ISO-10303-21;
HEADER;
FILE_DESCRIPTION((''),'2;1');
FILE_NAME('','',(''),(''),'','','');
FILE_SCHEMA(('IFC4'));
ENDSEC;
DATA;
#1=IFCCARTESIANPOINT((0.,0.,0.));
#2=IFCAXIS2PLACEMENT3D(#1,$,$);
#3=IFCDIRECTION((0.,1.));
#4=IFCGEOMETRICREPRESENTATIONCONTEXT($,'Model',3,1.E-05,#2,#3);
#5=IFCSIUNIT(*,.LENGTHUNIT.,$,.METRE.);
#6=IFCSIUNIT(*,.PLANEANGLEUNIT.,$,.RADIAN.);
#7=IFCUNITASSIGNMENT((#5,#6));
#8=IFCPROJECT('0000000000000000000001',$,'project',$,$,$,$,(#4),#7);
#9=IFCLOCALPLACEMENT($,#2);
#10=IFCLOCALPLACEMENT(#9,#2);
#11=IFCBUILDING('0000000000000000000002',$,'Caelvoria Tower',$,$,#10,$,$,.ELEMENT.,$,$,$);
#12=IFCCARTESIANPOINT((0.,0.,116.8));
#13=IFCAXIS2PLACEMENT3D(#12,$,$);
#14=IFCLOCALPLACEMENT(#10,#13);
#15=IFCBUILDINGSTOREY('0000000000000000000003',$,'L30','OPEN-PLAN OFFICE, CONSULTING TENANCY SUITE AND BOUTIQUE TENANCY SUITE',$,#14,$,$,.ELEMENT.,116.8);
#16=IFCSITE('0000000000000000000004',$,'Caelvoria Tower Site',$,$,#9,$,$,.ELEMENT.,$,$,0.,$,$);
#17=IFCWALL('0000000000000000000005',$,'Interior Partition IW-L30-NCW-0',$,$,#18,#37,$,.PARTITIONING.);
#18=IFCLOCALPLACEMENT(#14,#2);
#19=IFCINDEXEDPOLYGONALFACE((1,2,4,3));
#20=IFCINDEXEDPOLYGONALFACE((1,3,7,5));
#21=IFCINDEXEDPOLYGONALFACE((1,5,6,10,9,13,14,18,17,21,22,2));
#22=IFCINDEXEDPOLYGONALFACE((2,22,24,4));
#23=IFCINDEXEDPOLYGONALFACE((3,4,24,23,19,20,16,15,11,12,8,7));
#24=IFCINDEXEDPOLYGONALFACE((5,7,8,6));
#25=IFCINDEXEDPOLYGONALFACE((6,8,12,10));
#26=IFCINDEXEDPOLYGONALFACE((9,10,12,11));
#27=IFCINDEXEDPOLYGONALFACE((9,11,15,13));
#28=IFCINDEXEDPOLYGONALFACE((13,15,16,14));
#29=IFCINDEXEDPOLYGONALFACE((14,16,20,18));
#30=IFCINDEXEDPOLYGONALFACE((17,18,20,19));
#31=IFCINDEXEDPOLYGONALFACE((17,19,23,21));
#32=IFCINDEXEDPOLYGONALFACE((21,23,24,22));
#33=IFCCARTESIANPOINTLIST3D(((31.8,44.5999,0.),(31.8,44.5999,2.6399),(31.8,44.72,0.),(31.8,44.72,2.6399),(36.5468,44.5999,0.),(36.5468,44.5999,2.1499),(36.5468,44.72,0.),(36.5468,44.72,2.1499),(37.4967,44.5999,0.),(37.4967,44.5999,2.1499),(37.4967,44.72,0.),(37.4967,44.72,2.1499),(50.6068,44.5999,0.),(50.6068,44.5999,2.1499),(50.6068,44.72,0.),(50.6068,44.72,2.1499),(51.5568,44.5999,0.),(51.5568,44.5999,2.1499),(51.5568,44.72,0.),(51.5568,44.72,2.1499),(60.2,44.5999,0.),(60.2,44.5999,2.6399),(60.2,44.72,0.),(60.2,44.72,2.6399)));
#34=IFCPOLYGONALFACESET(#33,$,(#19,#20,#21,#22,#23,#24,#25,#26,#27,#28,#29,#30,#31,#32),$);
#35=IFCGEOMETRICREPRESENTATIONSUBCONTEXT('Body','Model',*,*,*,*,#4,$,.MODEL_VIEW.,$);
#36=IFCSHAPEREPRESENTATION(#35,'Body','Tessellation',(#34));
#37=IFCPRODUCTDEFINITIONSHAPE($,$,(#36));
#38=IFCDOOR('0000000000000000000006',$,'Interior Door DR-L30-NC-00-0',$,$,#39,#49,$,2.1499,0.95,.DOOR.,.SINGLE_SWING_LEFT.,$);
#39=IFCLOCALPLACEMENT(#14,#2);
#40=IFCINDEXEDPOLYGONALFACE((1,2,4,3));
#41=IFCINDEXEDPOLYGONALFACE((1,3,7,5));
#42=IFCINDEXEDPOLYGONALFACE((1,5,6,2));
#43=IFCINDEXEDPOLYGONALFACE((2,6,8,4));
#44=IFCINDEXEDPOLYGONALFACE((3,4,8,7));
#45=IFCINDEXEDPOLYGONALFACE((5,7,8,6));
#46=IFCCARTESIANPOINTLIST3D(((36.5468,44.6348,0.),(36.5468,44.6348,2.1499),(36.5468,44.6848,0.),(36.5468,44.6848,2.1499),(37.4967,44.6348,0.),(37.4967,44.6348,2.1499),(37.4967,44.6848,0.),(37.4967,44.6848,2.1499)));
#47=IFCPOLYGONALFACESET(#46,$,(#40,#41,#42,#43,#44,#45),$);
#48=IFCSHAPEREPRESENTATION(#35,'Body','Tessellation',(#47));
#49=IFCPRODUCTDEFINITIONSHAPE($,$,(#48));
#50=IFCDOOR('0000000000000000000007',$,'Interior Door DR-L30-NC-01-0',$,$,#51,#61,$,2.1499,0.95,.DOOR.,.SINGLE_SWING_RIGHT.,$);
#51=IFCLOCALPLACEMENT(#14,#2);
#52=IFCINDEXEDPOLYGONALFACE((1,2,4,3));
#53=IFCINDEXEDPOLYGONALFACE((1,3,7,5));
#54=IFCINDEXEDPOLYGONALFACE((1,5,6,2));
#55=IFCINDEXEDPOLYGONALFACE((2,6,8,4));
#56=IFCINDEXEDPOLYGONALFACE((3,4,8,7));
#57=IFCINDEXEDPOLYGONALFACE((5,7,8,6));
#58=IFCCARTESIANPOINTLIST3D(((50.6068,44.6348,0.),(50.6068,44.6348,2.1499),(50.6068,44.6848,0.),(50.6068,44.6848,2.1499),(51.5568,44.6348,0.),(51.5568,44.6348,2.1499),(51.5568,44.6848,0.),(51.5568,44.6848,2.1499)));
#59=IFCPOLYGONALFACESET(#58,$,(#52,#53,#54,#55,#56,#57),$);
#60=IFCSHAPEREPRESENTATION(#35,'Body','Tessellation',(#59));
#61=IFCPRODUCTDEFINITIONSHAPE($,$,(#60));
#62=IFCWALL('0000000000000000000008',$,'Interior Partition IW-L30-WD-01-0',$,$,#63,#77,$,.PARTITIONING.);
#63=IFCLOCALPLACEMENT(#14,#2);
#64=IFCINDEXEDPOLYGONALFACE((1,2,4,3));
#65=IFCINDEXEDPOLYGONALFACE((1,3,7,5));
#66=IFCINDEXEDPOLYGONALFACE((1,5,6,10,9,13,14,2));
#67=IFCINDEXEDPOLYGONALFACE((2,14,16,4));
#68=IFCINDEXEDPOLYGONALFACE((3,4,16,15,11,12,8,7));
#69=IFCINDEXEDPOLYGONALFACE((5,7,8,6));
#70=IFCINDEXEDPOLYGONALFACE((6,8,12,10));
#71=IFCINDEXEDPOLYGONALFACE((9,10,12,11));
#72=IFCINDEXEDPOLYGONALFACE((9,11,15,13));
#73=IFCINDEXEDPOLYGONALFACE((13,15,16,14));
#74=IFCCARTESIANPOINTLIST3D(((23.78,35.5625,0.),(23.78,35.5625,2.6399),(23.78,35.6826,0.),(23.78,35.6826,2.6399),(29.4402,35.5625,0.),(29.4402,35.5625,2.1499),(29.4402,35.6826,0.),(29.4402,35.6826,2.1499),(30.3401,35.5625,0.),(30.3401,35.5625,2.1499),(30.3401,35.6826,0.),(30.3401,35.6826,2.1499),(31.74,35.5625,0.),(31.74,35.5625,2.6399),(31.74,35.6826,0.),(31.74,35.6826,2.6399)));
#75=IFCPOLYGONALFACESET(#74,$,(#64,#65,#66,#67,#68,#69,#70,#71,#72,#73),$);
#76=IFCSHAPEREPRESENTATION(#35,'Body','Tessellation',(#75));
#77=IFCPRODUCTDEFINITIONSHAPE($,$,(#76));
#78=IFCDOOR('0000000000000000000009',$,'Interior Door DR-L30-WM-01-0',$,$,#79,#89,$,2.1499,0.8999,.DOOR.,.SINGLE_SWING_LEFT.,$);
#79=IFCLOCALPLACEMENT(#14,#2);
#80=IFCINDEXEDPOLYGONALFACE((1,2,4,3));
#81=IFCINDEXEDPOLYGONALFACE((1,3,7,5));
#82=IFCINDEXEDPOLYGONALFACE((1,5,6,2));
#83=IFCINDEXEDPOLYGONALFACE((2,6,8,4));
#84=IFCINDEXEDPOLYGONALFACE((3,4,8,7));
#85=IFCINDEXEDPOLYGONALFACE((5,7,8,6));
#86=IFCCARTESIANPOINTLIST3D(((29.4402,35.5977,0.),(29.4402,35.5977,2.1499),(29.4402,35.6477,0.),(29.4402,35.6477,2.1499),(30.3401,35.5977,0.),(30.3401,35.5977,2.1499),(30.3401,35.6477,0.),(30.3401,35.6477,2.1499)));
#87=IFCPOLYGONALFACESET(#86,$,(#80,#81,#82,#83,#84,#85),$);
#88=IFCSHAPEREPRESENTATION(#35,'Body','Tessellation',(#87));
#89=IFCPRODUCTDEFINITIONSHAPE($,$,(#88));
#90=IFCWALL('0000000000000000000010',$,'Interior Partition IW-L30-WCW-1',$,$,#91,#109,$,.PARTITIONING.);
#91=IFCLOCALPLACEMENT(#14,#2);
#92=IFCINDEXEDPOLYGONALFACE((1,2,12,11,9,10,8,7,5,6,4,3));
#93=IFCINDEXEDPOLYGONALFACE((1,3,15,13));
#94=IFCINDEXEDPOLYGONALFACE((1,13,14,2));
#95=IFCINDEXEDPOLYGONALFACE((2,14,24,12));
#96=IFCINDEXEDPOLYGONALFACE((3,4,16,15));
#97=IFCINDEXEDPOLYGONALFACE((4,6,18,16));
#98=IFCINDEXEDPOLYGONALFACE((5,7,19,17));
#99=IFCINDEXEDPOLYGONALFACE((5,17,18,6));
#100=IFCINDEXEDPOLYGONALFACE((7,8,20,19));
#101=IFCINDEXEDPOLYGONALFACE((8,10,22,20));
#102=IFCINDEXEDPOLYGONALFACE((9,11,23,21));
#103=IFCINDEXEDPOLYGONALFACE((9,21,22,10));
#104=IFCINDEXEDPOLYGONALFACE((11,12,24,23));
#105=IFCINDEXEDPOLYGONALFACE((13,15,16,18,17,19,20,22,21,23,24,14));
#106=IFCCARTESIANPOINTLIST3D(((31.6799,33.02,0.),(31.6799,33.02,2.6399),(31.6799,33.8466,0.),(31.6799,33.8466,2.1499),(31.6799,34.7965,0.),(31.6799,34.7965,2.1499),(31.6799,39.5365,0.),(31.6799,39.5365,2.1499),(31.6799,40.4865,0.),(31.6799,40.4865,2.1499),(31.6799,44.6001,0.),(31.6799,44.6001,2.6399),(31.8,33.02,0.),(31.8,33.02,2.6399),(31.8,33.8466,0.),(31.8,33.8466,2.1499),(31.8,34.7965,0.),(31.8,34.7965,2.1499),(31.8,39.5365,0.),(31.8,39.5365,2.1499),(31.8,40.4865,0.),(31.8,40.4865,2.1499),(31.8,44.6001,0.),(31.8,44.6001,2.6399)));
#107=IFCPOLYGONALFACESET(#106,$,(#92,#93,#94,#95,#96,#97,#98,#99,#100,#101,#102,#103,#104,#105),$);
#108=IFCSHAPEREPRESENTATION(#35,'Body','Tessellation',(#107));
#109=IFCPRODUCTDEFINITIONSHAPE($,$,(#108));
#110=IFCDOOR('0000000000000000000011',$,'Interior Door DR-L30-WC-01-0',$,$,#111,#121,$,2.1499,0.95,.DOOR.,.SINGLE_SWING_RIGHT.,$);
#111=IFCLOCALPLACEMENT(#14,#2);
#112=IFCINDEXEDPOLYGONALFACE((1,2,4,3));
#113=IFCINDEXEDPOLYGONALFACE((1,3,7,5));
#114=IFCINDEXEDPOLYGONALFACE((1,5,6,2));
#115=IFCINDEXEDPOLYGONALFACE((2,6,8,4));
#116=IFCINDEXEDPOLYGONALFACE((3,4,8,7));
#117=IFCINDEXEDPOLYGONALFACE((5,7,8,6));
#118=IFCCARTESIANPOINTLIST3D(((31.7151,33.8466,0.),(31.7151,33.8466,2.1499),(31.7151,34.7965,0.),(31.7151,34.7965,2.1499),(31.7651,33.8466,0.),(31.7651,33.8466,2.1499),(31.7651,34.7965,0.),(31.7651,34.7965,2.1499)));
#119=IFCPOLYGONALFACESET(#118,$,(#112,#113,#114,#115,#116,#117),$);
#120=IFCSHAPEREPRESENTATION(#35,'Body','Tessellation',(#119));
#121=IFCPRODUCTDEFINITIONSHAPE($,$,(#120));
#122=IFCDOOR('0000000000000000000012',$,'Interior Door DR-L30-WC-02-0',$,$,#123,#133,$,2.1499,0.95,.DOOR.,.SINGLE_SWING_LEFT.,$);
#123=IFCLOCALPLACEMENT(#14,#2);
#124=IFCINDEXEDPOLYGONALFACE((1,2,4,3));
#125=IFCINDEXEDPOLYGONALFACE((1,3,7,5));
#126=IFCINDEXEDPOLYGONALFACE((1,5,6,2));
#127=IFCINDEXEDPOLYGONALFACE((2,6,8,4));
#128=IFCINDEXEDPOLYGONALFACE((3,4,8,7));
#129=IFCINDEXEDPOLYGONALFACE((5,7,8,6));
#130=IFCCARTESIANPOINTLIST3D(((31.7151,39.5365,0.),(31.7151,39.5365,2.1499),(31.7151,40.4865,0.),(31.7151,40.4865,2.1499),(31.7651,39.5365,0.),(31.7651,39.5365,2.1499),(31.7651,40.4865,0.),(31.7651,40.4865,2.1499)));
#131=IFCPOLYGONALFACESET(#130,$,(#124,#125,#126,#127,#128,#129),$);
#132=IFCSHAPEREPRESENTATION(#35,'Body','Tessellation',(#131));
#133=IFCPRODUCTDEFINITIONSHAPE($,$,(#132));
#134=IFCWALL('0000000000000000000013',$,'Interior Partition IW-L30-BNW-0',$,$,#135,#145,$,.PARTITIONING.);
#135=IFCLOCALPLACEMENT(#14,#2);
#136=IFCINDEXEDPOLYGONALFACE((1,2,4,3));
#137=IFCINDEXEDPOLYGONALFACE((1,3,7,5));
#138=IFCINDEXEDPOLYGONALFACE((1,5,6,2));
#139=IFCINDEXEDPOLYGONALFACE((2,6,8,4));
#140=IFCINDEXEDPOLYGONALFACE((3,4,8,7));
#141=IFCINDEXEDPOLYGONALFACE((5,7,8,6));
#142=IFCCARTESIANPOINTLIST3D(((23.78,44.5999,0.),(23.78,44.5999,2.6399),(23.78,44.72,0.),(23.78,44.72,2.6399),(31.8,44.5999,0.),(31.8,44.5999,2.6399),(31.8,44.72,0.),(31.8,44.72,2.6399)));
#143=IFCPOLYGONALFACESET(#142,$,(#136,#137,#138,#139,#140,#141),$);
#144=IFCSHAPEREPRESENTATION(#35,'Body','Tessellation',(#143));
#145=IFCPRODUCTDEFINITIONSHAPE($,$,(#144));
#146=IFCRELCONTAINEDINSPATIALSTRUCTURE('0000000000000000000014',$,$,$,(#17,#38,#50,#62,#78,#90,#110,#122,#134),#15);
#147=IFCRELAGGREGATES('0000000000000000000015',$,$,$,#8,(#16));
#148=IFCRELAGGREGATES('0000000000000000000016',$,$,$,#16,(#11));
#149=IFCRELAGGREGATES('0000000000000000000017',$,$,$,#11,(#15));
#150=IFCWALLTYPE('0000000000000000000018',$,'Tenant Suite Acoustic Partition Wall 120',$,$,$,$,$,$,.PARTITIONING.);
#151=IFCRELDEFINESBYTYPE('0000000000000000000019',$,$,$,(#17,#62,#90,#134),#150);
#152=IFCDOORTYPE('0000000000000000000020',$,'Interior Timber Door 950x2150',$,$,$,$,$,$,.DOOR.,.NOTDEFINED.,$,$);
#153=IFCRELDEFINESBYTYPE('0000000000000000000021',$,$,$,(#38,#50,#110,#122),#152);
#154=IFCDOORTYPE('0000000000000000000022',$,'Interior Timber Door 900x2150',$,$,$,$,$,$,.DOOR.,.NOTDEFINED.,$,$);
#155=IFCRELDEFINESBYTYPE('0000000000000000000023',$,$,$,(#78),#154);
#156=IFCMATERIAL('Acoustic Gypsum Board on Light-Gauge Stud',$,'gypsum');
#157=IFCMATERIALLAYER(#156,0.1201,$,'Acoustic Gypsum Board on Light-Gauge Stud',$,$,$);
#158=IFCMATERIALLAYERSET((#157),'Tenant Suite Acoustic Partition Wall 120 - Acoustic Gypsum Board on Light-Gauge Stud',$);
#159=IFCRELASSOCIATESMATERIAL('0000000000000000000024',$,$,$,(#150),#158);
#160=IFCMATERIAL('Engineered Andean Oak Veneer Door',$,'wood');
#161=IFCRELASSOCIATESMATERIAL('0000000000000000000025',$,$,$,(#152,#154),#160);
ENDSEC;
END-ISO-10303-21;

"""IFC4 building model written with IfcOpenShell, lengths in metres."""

from ifc_helpers import new_model, si_unit, direction, frame, frame_2d, origin, place, context, subcontext, project, spatial, rectangle, extrude, material, layer, layer_set, type_object, element, fill, save


model = new_model("IFC4")

# Units and contexts
model_context = context("Model", 3, precision=1e-05, world=origin(), true_north=direction((0.0, 1.0)))
body_context = subcontext(model_context, "Body", "Model", "MODEL_VIEW")
ifc_project = project(units=[si_unit("LENGTHUNIT", "METRE"), si_unit("PLANEANGLEUNIT", "RADIAN")], contexts=[model_context])

# Site, building, storey
site_placement = place(None, origin())
site = spatial("IfcSite", under=ifc_project, at=site_placement, Name="Caelvoria Tower Site", CompositionType="ELEMENT", RefElevation=0.0)
building_placement = place(site_placement, origin())
building = spatial("IfcBuilding", under=site, at=building_placement, Name="Caelvoria Tower", CompositionType="ELEMENT")
storey_placement = place(building_placement, frame((0.0, 0.0, 116.8)))
storey = spatial("IfcBuildingStorey", under=building, at=storey_placement, Name="L30", Description="OPEN-PLAN OFFICE, CONSULTING TENANCY SUITE AND BOUTIQUE TENANCY SUITE", CompositionType="ELEMENT", Elevation=116.8)

# Wall, openings, doors
ifc_material_1 = material(Name="Acoustic Gypsum Board on Light-Gauge Stud", Category="gypsum")
ifc_layer_1 = layer(ifc_material_1, 0.1201, Name="Acoustic Gypsum Board on Light-Gauge Stud")
ifc_layer_set_1 = layer_set([ifc_layer_1], Name="Tenant Suite Acoustic Partition Wall 120 - Acoustic Gypsum Board on Light-Gauge Stud")
wall_type_1 = type_object("IfcWallType", Name="Tenant Suite Acoustic Partition Wall 120", PredefinedType="PARTITIONING", material=ifc_layer_set_1)
wall_1_placement = place(storey_placement, frame((31.8, 44.6599, 0.0), z_axis=(0.0, 0.0, 1.0), x_axis=(1.0, 0.0, 0.0)))
wall_1 = element("IfcWall", 1, at=wall_1_placement, inside=storey, type_object=wall_type_1, Name="Interior Partition IW-L30-NCW-0", PredefinedType="PARTITIONING", context=body_context, shape_type="SweptSolid", body=[
    extrude(rectangle(XDim=28.3999, YDim=0.1201, at=frame_2d((14.2, 0.0))), origin(), (0.0, 0.0, 1.0), 2.6399),
])
opening_1_placement = place(wall_1_placement, frame((4.7466, 0.0, 0.0)))
opening_1 = element("IfcOpeningElement", 2, at=opening_1_placement, cuts=wall_1, PredefinedType="OPENING", context=body_context, shape_type="SweptSolid", body=[
    extrude(rectangle(XDim=0.95, YDim=2.1499, at=frame_2d((0.4751, 1.075))), frame((0.0, 0.0701, 0.0), z_axis=(0.0, -1.0, 0.0), x_axis=(1.0, 0.0, 0.0)), (0.0, 0.0, 1.0), 0.1401),
])
opening_2_placement = place(wall_1_placement, frame((18.8066, 0.0, 0.0)))
opening_2 = element("IfcOpeningElement", 3, at=opening_2_placement, cuts=wall_1, PredefinedType="OPENING", context=body_context, shape_type="SweptSolid", body=[
    extrude(rectangle(XDim=0.95, YDim=2.1499, at=frame_2d((0.4751, 1.075))), frame((0.0, 0.0701, 0.0), z_axis=(0.0, -1.0, 0.0), x_axis=(1.0, 0.0, 0.0)), (0.0, 0.0, 1.0), 0.1401),
])
ifc_material_2 = material(Name="Engineered Andean Oak Veneer Door", Category="wood")
door_type_1 = type_object("IfcDoorType", Name="Interior Timber Door 950x2150", OperationType="NOTDEFINED", PredefinedType="DOOR", material=ifc_material_2)
door_1_placement = place(opening_1_placement, origin())
door_1 = element("IfcDoor", 4, at=door_1_placement, inside=storey, type_object=door_type_1, Name="Interior Door DR-L30-NC-00-0", OperationType="SINGLE_SWING_LEFT", OverallHeight=2.1499, OverallWidth=0.95, PredefinedType="DOOR", context=body_context, shape_type="SweptSolid", body=[
    extrude(rectangle(XDim=0.95, YDim=2.1499, at=frame_2d((0.4751, 1.075))), frame((0.0, 0.0249, 0.0), z_axis=(0.0, -1.0, 0.0), x_axis=(1.0, 0.0, 0.0)), (0.0, 0.0, 1.0), 0.05),
])
fill(opening_1, door_1)
door_2_placement = place(opening_2_placement, origin())
door_2 = element("IfcDoor", 5, at=door_2_placement, inside=storey, type_object=door_type_1, Name="Interior Door DR-L30-NC-01-0", OperationType="SINGLE_SWING_RIGHT", OverallHeight=2.1499, OverallWidth=0.95, PredefinedType="DOOR", context=body_context, shape_type="SweptSolid", body=[
    extrude(rectangle(XDim=0.95, YDim=2.1499, at=frame_2d((0.4751, 1.075))), frame((0.0, 0.0249, 0.0), z_axis=(0.0, -1.0, 0.0), x_axis=(1.0, 0.0, 0.0)), (0.0, 0.0, 1.0), 0.05),
])
fill(opening_2, door_2)

# Wall, opening, door
wall_2_placement = place(storey_placement, frame((31.74, 35.6226, 0.0), z_axis=(0.0, 0.0, 1.0), x_axis=(-1.0, 0.0, 0.0)))
wall_2 = element("IfcWall", 6, at=wall_2_placement, inside=storey, type_object=wall_type_1, Name="Interior Partition IW-L30-WD-01-0", PredefinedType="PARTITIONING", context=body_context, shape_type="SweptSolid", body=[
    extrude(rectangle(XDim=7.96, YDim=0.1201, at=frame_2d((3.98, 0.0))), origin(), (0.0, 0.0, 1.0), 2.6399),
])
opening_3_placement = place(wall_2_placement, frame((1.3999, 0.0, 0.0)))
opening_3 = element("IfcOpeningElement", 7, at=opening_3_placement, cuts=wall_2, PredefinedType="OPENING", context=body_context, shape_type="SweptSolid", body=[
    extrude(rectangle(XDim=0.8999, YDim=2.1499, at=frame_2d((0.45, 1.075))), frame((0.0, 0.0701, 0.0), z_axis=(0.0, -1.0, 0.0), x_axis=(1.0, 0.0, 0.0)), (0.0, 0.0, 1.0), 0.1401),
])
door_type_2 = type_object("IfcDoorType", Name="Interior Timber Door 900x2150", OperationType="NOTDEFINED", PredefinedType="DOOR", material=ifc_material_2)
door_3_placement = place(opening_3_placement, origin())
door_3 = element("IfcDoor", 8, at=door_3_placement, inside=storey, type_object=door_type_2, Name="Interior Door DR-L30-WM-01-0", OperationType="SINGLE_SWING_LEFT", OverallHeight=2.1499, OverallWidth=0.8999, PredefinedType="DOOR", context=body_context, shape_type="SweptSolid", body=[
    extrude(rectangle(XDim=0.8999, YDim=2.1499, at=frame_2d((0.45, 1.075))), frame((0.0, 0.0249, 0.0), z_axis=(0.0, -1.0, 0.0), x_axis=(1.0, 0.0, 0.0)), (0.0, 0.0, 1.0), 0.05),
])
fill(opening_3, door_3)

# Wall, openings, doors
wall_3_placement = place(storey_placement, frame((31.74, 33.02, 0.0), z_axis=(0.0, 0.0, 1.0), x_axis=(0.0, 1.0, 0.0)))
wall_3 = element("IfcWall", 9, at=wall_3_placement, inside=storey, type_object=wall_type_1, Name="Interior Partition IW-L30-WCW-1", PredefinedType="PARTITIONING", context=body_context, shape_type="SweptSolid", body=[
    extrude(rectangle(XDim=11.5801, YDim=0.1201, at=frame_2d((5.79, 0.0))), origin(), (0.0, 0.0, 1.0), 2.6399),
])
opening_4_placement = place(wall_3_placement, frame((0.8264, 0.0, 0.0)))
opening_4 = element("IfcOpeningElement", 10, at=opening_4_placement, cuts=wall_3, PredefinedType="OPENING", context=body_context, shape_type="SweptSolid", body=[
    extrude(rectangle(XDim=0.95, YDim=2.1499, at=frame_2d((0.4751, 1.075))), frame((0.0, 0.0701, 0.0), z_axis=(0.0, -1.0, 0.0), x_axis=(1.0, 0.0, 0.0)), (0.0, 0.0, 1.0), 0.1401),
])
opening_5_placement = place(wall_3_placement, frame((6.5164, 0.0, 0.0)))
opening_5 = element("IfcOpeningElement", 11, at=opening_5_placement, cuts=wall_3, PredefinedType="OPENING", context=body_context, shape_type="SweptSolid", body=[
    extrude(rectangle(XDim=0.95, YDim=2.1499, at=frame_2d((0.4751, 1.075))), frame((0.0, 0.0701, 0.0), z_axis=(0.0, -1.0, 0.0), x_axis=(1.0, 0.0, 0.0)), (0.0, 0.0, 1.0), 0.1401),
])
door_4_placement = place(opening_4_placement, origin())
door_4 = element("IfcDoor", 12, at=door_4_placement, inside=storey, type_object=door_type_1, Name="Interior Door DR-L30-WC-01-0", OperationType="SINGLE_SWING_RIGHT", OverallHeight=2.1499, OverallWidth=0.95, PredefinedType="DOOR", context=body_context, shape_type="SweptSolid", body=[
    extrude(rectangle(XDim=0.95, YDim=2.1499, at=frame_2d((0.4751, 1.075))), frame((0.0, 0.0249, 0.0), z_axis=(0.0, -1.0, 0.0), x_axis=(1.0, 0.0, 0.0)), (0.0, 0.0, 1.0), 0.05),
])
fill(opening_4, door_4)
door_5_placement = place(opening_5_placement, origin())
door_5 = element("IfcDoor", 13, at=door_5_placement, inside=storey, type_object=door_type_1, Name="Interior Door DR-L30-WC-02-0", OperationType="SINGLE_SWING_LEFT", OverallHeight=2.1499, OverallWidth=0.95, PredefinedType="DOOR", context=body_context, shape_type="SweptSolid", body=[
    extrude(rectangle(XDim=0.95, YDim=2.1499, at=frame_2d((0.4751, 1.075))), frame((0.0, 0.0249, 0.0), z_axis=(0.0, -1.0, 0.0), x_axis=(1.0, 0.0, 0.0)), (0.0, 0.0, 1.0), 0.05),
])
fill(opening_5, door_5)

# Wall
wall_4_placement = place(storey_placement, frame((31.8, 44.6599, 0.0), z_axis=(0.0, 0.0, 1.0), x_axis=(-1.0, 0.0, 0.0)))
element("IfcWall", 14, at=wall_4_placement, inside=storey, type_object=wall_type_1, Name="Interior Partition IW-L30-BNW-0", PredefinedType="PARTITIONING", context=body_context, shape_type="SweptSolid", body=[
    extrude(rectangle(XDim=8.02, YDim=0.1201, at=frame_2d((4.01, 0.0))), origin(), (0.0, 0.0, 1.0), 2.6399),
])

save(model, "model.ifc")
